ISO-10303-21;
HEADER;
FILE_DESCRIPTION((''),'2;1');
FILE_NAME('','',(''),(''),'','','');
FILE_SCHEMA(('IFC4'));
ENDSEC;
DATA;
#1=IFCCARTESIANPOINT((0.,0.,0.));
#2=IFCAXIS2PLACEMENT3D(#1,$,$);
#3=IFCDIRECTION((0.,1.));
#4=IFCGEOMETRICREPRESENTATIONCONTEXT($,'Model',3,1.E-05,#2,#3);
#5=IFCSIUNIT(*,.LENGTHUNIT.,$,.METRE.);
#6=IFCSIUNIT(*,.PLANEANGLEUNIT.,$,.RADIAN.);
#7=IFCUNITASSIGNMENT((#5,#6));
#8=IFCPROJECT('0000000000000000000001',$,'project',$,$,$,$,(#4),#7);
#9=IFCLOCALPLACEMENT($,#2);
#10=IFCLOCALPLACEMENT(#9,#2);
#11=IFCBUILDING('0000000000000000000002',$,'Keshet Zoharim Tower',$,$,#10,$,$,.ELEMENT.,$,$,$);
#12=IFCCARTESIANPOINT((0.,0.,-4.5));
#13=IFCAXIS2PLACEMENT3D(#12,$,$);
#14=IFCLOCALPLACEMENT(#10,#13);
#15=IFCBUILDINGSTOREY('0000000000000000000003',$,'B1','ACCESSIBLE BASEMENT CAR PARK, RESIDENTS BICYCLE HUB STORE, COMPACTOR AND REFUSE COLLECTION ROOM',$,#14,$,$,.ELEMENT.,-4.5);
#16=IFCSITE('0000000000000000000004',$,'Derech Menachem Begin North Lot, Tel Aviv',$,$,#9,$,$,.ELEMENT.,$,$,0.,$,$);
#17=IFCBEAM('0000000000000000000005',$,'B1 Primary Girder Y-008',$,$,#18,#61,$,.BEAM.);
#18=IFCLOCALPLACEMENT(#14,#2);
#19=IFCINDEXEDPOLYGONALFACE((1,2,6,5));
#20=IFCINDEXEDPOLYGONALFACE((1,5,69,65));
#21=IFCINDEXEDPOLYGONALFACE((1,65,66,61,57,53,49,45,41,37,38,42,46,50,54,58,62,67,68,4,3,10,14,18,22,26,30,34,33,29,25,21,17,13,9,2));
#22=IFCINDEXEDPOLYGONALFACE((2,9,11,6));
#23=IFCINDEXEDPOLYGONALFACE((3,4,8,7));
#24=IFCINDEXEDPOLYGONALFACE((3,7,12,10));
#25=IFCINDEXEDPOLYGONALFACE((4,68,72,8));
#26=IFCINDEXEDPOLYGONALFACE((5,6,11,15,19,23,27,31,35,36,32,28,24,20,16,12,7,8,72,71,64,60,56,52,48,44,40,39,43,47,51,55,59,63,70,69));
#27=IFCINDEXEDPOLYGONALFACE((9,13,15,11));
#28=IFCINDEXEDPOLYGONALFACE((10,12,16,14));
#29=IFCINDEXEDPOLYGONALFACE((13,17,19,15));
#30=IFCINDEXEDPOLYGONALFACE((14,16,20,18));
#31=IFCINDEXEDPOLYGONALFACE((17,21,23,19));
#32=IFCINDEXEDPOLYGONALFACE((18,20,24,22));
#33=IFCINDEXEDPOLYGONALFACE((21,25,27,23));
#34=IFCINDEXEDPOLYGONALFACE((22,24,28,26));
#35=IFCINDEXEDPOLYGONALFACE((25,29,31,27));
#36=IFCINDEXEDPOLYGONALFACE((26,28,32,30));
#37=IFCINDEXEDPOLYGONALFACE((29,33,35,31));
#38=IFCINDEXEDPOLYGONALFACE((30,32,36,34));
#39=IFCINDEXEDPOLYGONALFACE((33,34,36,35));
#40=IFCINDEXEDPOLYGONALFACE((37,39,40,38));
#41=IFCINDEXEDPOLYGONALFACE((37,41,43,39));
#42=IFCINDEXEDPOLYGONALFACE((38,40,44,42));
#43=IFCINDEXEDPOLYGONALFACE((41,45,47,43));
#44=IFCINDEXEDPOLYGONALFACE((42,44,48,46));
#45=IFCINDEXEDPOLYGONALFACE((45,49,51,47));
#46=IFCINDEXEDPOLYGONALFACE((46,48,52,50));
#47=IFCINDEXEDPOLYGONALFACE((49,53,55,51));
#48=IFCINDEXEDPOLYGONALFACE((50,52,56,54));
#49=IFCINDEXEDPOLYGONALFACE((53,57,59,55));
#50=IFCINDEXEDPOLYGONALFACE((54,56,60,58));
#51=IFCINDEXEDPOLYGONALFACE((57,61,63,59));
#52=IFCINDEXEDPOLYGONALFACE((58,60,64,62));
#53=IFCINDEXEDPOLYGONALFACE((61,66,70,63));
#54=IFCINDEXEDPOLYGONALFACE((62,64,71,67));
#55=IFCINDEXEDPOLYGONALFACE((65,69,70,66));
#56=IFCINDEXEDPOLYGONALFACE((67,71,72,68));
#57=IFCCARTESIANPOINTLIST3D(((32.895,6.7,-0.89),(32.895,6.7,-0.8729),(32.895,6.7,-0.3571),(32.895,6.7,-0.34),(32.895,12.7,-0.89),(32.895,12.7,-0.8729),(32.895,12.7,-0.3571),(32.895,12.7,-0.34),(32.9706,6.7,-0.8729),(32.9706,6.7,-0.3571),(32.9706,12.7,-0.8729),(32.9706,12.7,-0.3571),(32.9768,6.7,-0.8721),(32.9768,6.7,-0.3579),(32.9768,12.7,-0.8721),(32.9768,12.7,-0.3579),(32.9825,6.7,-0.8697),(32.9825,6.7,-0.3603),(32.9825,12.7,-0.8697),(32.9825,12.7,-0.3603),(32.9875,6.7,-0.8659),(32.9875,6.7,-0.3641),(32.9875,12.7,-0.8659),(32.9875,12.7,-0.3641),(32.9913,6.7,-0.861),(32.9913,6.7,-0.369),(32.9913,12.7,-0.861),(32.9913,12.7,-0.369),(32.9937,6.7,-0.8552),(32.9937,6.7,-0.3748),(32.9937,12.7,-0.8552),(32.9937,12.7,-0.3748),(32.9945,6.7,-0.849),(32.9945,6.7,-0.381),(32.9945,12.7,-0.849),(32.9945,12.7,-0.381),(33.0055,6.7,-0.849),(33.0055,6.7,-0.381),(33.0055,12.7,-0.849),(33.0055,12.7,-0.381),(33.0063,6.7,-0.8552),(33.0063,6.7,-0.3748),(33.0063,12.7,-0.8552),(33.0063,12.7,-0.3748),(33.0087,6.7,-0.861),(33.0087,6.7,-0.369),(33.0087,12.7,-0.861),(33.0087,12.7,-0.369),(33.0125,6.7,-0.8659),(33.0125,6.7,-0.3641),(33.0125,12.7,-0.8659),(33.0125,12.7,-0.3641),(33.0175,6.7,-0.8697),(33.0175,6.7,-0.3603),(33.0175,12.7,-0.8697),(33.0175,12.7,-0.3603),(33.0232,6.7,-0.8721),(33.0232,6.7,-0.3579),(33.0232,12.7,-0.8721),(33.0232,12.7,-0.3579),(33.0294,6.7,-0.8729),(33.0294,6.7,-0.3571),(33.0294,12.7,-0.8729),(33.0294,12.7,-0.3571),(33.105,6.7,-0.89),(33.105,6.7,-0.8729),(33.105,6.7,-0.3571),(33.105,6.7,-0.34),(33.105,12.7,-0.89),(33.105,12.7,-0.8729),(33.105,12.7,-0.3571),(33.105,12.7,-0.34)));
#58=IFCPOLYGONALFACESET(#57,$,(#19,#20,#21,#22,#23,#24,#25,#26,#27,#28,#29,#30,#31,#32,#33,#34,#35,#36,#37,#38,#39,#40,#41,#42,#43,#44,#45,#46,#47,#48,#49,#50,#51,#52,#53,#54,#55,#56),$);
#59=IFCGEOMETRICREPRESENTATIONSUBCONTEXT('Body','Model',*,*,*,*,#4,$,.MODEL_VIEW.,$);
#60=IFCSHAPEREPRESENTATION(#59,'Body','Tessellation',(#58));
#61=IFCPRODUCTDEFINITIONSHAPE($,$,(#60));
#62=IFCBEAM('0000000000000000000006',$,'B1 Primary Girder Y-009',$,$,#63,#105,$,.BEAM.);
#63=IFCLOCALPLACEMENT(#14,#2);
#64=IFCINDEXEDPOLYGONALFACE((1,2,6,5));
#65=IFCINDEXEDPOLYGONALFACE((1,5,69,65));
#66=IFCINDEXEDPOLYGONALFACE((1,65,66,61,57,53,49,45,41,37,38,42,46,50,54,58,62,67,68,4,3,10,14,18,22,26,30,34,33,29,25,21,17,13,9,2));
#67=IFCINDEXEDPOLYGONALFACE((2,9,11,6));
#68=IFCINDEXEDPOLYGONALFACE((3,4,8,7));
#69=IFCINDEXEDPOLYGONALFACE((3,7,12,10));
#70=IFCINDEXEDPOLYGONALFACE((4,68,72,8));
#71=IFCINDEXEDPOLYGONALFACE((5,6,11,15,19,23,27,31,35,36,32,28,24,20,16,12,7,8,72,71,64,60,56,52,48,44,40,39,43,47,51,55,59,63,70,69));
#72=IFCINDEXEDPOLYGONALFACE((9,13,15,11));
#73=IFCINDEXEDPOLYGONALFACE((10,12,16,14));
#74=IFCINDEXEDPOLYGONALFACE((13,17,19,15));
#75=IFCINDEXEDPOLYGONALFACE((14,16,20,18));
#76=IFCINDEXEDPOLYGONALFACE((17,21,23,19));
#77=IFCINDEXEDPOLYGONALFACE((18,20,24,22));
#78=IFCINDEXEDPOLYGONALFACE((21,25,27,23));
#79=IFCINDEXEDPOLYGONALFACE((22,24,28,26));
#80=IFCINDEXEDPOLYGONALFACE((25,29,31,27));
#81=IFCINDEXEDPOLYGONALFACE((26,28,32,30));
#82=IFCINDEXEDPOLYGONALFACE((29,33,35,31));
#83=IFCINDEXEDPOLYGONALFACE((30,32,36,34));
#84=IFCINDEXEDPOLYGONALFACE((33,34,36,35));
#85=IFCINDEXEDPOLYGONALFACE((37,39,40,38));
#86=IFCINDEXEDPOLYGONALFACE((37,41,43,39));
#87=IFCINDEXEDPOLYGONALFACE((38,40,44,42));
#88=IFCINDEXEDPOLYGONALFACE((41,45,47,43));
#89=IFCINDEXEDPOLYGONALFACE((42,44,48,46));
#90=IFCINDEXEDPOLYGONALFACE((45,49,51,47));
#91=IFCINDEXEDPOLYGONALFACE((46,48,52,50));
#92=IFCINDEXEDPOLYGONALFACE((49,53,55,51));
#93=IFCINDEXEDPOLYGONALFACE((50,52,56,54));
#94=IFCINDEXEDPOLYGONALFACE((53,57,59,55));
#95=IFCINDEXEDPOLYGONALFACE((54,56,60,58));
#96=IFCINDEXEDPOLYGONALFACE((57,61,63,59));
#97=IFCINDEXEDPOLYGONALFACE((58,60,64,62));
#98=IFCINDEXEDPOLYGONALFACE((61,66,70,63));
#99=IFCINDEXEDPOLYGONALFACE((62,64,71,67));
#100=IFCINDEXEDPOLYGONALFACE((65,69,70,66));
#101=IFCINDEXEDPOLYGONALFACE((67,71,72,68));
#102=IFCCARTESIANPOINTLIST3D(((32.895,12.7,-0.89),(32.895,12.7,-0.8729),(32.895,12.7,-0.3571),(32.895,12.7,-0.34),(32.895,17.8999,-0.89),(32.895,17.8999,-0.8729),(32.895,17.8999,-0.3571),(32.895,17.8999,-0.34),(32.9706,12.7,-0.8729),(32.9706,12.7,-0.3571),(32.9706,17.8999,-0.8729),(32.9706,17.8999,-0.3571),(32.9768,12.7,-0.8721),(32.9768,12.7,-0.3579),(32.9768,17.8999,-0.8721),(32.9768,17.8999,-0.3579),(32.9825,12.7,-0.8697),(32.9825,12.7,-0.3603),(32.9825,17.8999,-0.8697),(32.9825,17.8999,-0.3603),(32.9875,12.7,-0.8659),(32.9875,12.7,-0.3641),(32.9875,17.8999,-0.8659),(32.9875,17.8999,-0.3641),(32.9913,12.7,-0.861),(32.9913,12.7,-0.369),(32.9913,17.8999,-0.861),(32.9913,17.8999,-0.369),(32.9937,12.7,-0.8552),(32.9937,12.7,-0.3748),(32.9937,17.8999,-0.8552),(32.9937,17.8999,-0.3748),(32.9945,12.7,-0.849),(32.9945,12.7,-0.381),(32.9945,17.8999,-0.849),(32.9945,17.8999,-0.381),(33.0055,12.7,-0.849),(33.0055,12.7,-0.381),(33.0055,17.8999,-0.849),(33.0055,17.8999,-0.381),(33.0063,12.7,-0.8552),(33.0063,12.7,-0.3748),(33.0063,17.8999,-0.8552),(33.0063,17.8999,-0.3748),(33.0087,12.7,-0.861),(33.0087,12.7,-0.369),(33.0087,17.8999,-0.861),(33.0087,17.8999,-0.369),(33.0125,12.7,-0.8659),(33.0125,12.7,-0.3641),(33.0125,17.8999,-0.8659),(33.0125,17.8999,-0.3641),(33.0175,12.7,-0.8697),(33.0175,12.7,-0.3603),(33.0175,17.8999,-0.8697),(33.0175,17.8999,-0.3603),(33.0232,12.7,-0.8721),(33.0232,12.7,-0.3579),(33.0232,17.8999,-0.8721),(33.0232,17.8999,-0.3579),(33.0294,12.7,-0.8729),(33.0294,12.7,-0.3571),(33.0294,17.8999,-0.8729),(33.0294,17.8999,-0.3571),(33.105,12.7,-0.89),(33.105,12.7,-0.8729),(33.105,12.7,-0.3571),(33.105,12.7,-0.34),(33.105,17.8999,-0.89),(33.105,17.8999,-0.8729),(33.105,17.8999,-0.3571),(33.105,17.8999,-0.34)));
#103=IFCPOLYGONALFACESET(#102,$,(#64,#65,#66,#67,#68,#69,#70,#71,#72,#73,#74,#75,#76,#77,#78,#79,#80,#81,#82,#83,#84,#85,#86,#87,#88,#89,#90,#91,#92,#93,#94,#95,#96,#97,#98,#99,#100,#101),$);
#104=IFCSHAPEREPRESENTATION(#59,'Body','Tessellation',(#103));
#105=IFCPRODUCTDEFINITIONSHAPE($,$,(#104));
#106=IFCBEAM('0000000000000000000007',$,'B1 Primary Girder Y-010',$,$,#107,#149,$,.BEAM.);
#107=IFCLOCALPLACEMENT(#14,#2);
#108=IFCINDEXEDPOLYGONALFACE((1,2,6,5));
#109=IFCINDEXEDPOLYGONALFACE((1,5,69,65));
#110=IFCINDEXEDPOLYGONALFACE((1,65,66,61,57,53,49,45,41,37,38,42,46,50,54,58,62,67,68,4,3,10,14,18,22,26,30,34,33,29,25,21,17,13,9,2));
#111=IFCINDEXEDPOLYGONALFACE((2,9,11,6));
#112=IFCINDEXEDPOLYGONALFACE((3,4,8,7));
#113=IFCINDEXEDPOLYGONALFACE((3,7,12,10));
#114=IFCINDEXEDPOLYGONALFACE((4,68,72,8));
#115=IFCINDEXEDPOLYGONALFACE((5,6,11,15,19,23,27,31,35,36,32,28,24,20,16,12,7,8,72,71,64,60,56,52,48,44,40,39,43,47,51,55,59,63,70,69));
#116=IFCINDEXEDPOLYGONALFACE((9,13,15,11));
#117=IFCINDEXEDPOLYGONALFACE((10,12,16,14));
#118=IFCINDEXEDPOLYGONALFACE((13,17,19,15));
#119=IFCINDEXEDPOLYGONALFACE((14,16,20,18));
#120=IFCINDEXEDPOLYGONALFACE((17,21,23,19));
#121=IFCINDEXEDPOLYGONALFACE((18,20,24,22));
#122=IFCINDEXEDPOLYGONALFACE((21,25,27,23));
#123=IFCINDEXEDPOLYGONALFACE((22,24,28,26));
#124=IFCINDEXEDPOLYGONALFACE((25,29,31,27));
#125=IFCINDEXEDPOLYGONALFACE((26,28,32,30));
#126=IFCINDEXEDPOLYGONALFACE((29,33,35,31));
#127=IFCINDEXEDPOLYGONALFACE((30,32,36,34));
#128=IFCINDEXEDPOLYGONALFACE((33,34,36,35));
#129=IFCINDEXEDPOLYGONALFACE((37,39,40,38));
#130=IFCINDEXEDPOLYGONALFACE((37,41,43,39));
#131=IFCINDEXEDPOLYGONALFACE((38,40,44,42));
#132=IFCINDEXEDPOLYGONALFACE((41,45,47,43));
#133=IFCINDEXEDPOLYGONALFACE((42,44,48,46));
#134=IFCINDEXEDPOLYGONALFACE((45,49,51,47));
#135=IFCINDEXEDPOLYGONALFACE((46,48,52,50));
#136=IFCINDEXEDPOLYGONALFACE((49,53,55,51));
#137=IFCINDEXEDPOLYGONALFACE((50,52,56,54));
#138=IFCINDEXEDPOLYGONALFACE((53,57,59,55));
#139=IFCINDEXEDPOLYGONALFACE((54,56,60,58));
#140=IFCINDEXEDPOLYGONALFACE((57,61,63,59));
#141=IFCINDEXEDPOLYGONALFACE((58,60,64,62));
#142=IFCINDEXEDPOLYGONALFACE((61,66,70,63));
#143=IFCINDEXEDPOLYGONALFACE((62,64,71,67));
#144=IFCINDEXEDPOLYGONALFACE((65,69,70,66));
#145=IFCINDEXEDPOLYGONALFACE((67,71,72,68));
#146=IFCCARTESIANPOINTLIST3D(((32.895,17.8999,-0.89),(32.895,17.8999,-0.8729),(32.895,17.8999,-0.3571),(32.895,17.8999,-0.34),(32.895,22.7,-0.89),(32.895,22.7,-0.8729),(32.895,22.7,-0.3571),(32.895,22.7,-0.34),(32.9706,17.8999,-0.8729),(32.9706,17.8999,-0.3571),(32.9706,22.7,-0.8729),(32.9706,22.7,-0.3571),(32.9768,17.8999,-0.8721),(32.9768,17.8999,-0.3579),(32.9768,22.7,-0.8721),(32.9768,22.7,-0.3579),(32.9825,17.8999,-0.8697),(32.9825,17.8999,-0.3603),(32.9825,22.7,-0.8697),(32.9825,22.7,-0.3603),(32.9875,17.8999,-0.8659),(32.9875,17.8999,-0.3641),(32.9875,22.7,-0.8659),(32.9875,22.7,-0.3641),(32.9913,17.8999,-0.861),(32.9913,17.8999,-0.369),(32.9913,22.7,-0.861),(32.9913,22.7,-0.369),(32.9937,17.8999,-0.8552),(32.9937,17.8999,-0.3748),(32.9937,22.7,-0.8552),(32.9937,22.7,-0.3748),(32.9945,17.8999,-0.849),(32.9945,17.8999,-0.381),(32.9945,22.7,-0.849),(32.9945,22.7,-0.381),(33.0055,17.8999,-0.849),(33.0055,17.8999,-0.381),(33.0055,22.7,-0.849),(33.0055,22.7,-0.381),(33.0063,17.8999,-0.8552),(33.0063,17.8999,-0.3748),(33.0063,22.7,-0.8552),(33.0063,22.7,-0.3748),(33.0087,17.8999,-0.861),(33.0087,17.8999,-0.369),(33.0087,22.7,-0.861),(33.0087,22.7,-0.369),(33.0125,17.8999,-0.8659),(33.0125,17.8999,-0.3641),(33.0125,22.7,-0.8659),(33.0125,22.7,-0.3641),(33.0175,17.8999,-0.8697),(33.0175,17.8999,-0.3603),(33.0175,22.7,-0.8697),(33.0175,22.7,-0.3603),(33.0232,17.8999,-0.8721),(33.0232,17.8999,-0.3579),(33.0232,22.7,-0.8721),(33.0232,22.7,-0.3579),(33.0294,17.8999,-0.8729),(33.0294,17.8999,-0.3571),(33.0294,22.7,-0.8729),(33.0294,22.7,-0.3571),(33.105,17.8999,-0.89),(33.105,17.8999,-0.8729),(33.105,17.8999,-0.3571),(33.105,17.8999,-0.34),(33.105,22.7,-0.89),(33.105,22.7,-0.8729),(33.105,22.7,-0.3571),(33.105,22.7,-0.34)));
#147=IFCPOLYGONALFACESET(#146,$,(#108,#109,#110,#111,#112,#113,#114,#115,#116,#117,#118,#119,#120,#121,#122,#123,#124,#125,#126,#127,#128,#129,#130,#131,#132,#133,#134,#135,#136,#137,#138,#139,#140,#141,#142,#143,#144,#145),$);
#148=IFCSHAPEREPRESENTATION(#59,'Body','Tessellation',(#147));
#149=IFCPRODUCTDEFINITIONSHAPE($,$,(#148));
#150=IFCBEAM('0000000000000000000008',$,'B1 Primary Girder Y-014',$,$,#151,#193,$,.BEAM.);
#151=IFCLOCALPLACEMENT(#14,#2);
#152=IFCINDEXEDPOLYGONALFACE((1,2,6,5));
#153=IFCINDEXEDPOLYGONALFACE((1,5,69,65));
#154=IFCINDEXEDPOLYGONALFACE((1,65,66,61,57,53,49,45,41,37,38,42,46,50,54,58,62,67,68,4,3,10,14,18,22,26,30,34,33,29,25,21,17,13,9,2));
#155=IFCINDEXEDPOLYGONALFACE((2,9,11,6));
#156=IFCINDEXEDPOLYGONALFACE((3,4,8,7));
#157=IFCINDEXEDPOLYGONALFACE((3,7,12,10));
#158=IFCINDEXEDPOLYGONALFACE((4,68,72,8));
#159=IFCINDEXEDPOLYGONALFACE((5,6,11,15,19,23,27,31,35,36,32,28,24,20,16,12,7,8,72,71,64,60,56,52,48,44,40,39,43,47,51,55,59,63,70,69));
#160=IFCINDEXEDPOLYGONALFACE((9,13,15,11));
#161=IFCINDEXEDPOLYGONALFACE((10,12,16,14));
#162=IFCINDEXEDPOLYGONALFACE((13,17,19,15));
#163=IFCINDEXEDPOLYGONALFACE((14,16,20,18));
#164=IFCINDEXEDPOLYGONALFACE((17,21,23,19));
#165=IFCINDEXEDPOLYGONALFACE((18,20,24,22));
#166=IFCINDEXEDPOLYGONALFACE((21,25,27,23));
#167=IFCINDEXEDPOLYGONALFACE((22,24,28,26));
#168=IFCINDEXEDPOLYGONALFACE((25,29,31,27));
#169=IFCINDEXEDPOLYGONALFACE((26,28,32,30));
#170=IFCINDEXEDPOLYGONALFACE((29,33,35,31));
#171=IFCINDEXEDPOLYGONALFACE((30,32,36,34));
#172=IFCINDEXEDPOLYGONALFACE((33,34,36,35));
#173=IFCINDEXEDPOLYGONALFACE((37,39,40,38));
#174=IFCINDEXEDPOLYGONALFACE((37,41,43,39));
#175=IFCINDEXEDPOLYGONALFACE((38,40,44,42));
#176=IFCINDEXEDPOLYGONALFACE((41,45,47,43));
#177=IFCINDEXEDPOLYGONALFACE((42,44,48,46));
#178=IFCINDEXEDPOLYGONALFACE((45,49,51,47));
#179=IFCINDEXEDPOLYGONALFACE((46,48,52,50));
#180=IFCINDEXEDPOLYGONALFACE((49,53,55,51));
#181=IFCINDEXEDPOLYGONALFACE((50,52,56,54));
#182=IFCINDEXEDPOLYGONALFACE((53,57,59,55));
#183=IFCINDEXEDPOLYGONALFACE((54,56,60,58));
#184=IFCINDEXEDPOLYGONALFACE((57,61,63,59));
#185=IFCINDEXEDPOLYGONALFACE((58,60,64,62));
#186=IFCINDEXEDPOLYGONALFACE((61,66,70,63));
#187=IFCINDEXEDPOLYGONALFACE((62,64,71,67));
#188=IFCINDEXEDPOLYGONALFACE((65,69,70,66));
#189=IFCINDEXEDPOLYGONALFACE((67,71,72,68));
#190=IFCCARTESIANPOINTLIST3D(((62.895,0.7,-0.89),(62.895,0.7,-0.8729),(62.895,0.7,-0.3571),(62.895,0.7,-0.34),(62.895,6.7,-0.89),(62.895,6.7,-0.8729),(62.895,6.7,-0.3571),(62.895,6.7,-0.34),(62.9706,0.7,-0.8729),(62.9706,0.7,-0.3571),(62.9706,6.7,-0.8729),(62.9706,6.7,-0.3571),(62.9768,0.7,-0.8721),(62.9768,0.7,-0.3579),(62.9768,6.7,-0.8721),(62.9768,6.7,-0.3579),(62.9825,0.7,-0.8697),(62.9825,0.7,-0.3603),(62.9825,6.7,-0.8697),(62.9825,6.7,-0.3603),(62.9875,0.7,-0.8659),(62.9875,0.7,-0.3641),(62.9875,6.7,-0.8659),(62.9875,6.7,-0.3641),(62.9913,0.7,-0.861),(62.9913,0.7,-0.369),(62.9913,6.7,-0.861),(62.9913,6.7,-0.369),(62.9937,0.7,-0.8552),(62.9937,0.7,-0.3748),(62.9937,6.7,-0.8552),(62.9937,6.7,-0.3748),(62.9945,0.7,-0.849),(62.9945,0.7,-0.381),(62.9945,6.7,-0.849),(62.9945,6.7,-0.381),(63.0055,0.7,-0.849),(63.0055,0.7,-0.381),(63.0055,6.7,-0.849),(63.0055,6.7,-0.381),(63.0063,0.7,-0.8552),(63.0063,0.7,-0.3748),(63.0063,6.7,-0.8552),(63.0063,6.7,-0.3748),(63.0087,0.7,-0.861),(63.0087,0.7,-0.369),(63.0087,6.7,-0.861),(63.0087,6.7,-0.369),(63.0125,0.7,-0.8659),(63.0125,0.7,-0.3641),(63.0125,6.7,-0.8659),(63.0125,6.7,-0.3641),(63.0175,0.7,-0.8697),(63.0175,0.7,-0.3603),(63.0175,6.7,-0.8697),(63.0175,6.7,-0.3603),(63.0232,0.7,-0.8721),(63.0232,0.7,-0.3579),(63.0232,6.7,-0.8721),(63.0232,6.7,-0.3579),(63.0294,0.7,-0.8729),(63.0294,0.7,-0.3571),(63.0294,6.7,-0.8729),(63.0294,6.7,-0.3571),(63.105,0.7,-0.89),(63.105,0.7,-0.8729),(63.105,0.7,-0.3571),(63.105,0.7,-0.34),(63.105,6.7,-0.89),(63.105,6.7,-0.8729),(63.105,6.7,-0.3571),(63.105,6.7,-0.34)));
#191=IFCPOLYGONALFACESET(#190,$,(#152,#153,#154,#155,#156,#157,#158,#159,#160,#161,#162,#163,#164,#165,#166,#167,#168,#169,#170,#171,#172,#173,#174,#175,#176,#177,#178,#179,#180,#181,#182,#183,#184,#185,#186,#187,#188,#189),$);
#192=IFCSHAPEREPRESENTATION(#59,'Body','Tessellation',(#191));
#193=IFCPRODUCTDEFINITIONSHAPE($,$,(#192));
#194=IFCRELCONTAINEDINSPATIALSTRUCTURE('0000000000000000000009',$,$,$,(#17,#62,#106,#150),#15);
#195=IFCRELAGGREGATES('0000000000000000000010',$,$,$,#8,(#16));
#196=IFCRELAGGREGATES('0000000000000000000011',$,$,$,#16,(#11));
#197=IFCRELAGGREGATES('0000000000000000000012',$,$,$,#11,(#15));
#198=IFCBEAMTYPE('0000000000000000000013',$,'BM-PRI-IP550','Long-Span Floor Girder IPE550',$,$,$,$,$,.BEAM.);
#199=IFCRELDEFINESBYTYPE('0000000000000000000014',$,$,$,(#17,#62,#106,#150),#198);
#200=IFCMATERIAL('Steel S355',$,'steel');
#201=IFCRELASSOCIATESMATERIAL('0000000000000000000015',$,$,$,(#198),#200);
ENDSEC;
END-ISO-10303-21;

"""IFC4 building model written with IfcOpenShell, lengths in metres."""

from ifc_helpers import new_model, si_unit, direction, frame, origin, origin_2d, place, context, subcontext, project, spatial, i_section, extrude, material, material_profile, profile_set, type_object, element, save


model = new_model("IFC4")

# Units and contexts
model_context = context("Model", 3, precision=1e-05, world=origin(), true_north=direction((0.0, 1.0)))
body_context = subcontext(model_context, "Body", "Model", "MODEL_VIEW")
ifc_project = project(units=[si_unit("LENGTHUNIT", "METRE"), si_unit("PLANEANGLEUNIT", "RADIAN")], contexts=[model_context])

# Site, building, storey
site_placement = place(None, origin())
site = spatial("IfcSite", under=ifc_project, at=site_placement, Name="Derech Menachem Begin North Lot, Tel Aviv", CompositionType="ELEMENT", RefElevation=0.0)
building_placement = place(site_placement, origin())
building = spatial("IfcBuilding", under=site, at=building_placement, Name="Keshet Zoharim Tower", CompositionType="ELEMENT")
storey_placement = place(building_placement, frame((0.0, 0.0, -4.5)))
storey = spatial("IfcBuildingStorey", under=building, at=storey_placement, Name="B1", Description="ACCESSIBLE BASEMENT CAR PARK, RESIDENTS BICYCLE HUB STORE, COMPACTOR AND REFUSE COLLECTION ROOM", CompositionType="ELEMENT", Elevation=-4.5)

# Beams
ifc_material_1 = material(Name="Steel S355", Category="steel")
ifc_material_profile_1 = material_profile(ifc_material_1, i_section(OverallWidth=0.21, OverallDepth=0.55, WebThickness=0.011, FlangeThickness=0.0171, FilletRadius=0.0239, at=origin_2d()), Name="IPE550")
ifc_profile_set_1 = profile_set([ifc_material_profile_1], Name="Steel S355")
beam_type_1 = type_object("IfcBeamType", Name="BM-PRI-IP550", Description="Long-Span Floor Girder IPE550", PredefinedType="BEAM", material=ifc_profile_set_1)
for number, where, z_axis, x_axis, name in (
    (1, (33.0, 6.7, -0.615), (0.0, 1.0, 0.0), (-1.0, 0.0, 0.0), "B1 Primary Girder Y-008"),
):
    element("IfcBeam", number, at=place(storey_placement, frame(where, z_axis=z_axis, x_axis=x_axis)), inside=storey, type_object=beam_type_1, Name=name, PredefinedType="BEAM", context=body_context, shape_type="SweptSolid", body=[
        extrude(i_section(OverallWidth=0.21, OverallDepth=0.55, WebThickness=0.011, FlangeThickness=0.0171, FilletRadius=0.0239, at=origin_2d()), origin(), (0.0, 0.0, 1.0), 6.0),
    ])
beam_1_placement = place(storey_placement, frame((33.0, 12.7, -0.615), z_axis=(0.0, 1.0, 0.0), x_axis=(-1.0, 0.0, 0.0)))
element("IfcBeam", 2, at=beam_1_placement, inside=storey, type_object=beam_type_1, Name="B1 Primary Girder Y-009", PredefinedType="BEAM", context=body_context, shape_type="SweptSolid", body=[
    extrude(i_section(OverallWidth=0.21, OverallDepth=0.55, WebThickness=0.011, FlangeThickness=0.0171, FilletRadius=0.0239, at=origin_2d()), origin(), (0.0, 0.0, 1.0), 5.2),
])
beam_2_placement = place(storey_placement, frame((33.0, 17.8999, -0.615), z_axis=(0.0, 1.0, 0.0), x_axis=(-1.0, 0.0, 0.0)))
element("IfcBeam", 3, at=beam_2_placement, inside=storey, type_object=beam_type_1, Name="B1 Primary Girder Y-010", PredefinedType="BEAM", context=body_context, shape_type="SweptSolid", body=[
    extrude(i_section(OverallWidth=0.21, OverallDepth=0.55, WebThickness=0.011, FlangeThickness=0.0171, FilletRadius=0.0239, at=origin_2d()), origin(), (0.0, 0.0, 1.0), 4.8),
])
beam_3_placement = place(storey_placement, frame((63.0, 0.7, -0.615), z_axis=(0.0, 1.0, 0.0), x_axis=(-1.0, 0.0, 0.0)))
element("IfcBeam", 4, at=beam_3_placement, inside=storey, type_object=beam_type_1, Name="B1 Primary Girder Y-014", PredefinedType="BEAM", context=body_context, shape_type="SweptSolid", body=[
    extrude(i_section(OverallWidth=0.21, OverallDepth=0.55, WebThickness=0.011, FlangeThickness=0.0171, FilletRadius=0.0239, at=origin_2d()), origin(), (0.0, 0.0, 1.0), 6.0),
])

save(model, "model.ifc")
